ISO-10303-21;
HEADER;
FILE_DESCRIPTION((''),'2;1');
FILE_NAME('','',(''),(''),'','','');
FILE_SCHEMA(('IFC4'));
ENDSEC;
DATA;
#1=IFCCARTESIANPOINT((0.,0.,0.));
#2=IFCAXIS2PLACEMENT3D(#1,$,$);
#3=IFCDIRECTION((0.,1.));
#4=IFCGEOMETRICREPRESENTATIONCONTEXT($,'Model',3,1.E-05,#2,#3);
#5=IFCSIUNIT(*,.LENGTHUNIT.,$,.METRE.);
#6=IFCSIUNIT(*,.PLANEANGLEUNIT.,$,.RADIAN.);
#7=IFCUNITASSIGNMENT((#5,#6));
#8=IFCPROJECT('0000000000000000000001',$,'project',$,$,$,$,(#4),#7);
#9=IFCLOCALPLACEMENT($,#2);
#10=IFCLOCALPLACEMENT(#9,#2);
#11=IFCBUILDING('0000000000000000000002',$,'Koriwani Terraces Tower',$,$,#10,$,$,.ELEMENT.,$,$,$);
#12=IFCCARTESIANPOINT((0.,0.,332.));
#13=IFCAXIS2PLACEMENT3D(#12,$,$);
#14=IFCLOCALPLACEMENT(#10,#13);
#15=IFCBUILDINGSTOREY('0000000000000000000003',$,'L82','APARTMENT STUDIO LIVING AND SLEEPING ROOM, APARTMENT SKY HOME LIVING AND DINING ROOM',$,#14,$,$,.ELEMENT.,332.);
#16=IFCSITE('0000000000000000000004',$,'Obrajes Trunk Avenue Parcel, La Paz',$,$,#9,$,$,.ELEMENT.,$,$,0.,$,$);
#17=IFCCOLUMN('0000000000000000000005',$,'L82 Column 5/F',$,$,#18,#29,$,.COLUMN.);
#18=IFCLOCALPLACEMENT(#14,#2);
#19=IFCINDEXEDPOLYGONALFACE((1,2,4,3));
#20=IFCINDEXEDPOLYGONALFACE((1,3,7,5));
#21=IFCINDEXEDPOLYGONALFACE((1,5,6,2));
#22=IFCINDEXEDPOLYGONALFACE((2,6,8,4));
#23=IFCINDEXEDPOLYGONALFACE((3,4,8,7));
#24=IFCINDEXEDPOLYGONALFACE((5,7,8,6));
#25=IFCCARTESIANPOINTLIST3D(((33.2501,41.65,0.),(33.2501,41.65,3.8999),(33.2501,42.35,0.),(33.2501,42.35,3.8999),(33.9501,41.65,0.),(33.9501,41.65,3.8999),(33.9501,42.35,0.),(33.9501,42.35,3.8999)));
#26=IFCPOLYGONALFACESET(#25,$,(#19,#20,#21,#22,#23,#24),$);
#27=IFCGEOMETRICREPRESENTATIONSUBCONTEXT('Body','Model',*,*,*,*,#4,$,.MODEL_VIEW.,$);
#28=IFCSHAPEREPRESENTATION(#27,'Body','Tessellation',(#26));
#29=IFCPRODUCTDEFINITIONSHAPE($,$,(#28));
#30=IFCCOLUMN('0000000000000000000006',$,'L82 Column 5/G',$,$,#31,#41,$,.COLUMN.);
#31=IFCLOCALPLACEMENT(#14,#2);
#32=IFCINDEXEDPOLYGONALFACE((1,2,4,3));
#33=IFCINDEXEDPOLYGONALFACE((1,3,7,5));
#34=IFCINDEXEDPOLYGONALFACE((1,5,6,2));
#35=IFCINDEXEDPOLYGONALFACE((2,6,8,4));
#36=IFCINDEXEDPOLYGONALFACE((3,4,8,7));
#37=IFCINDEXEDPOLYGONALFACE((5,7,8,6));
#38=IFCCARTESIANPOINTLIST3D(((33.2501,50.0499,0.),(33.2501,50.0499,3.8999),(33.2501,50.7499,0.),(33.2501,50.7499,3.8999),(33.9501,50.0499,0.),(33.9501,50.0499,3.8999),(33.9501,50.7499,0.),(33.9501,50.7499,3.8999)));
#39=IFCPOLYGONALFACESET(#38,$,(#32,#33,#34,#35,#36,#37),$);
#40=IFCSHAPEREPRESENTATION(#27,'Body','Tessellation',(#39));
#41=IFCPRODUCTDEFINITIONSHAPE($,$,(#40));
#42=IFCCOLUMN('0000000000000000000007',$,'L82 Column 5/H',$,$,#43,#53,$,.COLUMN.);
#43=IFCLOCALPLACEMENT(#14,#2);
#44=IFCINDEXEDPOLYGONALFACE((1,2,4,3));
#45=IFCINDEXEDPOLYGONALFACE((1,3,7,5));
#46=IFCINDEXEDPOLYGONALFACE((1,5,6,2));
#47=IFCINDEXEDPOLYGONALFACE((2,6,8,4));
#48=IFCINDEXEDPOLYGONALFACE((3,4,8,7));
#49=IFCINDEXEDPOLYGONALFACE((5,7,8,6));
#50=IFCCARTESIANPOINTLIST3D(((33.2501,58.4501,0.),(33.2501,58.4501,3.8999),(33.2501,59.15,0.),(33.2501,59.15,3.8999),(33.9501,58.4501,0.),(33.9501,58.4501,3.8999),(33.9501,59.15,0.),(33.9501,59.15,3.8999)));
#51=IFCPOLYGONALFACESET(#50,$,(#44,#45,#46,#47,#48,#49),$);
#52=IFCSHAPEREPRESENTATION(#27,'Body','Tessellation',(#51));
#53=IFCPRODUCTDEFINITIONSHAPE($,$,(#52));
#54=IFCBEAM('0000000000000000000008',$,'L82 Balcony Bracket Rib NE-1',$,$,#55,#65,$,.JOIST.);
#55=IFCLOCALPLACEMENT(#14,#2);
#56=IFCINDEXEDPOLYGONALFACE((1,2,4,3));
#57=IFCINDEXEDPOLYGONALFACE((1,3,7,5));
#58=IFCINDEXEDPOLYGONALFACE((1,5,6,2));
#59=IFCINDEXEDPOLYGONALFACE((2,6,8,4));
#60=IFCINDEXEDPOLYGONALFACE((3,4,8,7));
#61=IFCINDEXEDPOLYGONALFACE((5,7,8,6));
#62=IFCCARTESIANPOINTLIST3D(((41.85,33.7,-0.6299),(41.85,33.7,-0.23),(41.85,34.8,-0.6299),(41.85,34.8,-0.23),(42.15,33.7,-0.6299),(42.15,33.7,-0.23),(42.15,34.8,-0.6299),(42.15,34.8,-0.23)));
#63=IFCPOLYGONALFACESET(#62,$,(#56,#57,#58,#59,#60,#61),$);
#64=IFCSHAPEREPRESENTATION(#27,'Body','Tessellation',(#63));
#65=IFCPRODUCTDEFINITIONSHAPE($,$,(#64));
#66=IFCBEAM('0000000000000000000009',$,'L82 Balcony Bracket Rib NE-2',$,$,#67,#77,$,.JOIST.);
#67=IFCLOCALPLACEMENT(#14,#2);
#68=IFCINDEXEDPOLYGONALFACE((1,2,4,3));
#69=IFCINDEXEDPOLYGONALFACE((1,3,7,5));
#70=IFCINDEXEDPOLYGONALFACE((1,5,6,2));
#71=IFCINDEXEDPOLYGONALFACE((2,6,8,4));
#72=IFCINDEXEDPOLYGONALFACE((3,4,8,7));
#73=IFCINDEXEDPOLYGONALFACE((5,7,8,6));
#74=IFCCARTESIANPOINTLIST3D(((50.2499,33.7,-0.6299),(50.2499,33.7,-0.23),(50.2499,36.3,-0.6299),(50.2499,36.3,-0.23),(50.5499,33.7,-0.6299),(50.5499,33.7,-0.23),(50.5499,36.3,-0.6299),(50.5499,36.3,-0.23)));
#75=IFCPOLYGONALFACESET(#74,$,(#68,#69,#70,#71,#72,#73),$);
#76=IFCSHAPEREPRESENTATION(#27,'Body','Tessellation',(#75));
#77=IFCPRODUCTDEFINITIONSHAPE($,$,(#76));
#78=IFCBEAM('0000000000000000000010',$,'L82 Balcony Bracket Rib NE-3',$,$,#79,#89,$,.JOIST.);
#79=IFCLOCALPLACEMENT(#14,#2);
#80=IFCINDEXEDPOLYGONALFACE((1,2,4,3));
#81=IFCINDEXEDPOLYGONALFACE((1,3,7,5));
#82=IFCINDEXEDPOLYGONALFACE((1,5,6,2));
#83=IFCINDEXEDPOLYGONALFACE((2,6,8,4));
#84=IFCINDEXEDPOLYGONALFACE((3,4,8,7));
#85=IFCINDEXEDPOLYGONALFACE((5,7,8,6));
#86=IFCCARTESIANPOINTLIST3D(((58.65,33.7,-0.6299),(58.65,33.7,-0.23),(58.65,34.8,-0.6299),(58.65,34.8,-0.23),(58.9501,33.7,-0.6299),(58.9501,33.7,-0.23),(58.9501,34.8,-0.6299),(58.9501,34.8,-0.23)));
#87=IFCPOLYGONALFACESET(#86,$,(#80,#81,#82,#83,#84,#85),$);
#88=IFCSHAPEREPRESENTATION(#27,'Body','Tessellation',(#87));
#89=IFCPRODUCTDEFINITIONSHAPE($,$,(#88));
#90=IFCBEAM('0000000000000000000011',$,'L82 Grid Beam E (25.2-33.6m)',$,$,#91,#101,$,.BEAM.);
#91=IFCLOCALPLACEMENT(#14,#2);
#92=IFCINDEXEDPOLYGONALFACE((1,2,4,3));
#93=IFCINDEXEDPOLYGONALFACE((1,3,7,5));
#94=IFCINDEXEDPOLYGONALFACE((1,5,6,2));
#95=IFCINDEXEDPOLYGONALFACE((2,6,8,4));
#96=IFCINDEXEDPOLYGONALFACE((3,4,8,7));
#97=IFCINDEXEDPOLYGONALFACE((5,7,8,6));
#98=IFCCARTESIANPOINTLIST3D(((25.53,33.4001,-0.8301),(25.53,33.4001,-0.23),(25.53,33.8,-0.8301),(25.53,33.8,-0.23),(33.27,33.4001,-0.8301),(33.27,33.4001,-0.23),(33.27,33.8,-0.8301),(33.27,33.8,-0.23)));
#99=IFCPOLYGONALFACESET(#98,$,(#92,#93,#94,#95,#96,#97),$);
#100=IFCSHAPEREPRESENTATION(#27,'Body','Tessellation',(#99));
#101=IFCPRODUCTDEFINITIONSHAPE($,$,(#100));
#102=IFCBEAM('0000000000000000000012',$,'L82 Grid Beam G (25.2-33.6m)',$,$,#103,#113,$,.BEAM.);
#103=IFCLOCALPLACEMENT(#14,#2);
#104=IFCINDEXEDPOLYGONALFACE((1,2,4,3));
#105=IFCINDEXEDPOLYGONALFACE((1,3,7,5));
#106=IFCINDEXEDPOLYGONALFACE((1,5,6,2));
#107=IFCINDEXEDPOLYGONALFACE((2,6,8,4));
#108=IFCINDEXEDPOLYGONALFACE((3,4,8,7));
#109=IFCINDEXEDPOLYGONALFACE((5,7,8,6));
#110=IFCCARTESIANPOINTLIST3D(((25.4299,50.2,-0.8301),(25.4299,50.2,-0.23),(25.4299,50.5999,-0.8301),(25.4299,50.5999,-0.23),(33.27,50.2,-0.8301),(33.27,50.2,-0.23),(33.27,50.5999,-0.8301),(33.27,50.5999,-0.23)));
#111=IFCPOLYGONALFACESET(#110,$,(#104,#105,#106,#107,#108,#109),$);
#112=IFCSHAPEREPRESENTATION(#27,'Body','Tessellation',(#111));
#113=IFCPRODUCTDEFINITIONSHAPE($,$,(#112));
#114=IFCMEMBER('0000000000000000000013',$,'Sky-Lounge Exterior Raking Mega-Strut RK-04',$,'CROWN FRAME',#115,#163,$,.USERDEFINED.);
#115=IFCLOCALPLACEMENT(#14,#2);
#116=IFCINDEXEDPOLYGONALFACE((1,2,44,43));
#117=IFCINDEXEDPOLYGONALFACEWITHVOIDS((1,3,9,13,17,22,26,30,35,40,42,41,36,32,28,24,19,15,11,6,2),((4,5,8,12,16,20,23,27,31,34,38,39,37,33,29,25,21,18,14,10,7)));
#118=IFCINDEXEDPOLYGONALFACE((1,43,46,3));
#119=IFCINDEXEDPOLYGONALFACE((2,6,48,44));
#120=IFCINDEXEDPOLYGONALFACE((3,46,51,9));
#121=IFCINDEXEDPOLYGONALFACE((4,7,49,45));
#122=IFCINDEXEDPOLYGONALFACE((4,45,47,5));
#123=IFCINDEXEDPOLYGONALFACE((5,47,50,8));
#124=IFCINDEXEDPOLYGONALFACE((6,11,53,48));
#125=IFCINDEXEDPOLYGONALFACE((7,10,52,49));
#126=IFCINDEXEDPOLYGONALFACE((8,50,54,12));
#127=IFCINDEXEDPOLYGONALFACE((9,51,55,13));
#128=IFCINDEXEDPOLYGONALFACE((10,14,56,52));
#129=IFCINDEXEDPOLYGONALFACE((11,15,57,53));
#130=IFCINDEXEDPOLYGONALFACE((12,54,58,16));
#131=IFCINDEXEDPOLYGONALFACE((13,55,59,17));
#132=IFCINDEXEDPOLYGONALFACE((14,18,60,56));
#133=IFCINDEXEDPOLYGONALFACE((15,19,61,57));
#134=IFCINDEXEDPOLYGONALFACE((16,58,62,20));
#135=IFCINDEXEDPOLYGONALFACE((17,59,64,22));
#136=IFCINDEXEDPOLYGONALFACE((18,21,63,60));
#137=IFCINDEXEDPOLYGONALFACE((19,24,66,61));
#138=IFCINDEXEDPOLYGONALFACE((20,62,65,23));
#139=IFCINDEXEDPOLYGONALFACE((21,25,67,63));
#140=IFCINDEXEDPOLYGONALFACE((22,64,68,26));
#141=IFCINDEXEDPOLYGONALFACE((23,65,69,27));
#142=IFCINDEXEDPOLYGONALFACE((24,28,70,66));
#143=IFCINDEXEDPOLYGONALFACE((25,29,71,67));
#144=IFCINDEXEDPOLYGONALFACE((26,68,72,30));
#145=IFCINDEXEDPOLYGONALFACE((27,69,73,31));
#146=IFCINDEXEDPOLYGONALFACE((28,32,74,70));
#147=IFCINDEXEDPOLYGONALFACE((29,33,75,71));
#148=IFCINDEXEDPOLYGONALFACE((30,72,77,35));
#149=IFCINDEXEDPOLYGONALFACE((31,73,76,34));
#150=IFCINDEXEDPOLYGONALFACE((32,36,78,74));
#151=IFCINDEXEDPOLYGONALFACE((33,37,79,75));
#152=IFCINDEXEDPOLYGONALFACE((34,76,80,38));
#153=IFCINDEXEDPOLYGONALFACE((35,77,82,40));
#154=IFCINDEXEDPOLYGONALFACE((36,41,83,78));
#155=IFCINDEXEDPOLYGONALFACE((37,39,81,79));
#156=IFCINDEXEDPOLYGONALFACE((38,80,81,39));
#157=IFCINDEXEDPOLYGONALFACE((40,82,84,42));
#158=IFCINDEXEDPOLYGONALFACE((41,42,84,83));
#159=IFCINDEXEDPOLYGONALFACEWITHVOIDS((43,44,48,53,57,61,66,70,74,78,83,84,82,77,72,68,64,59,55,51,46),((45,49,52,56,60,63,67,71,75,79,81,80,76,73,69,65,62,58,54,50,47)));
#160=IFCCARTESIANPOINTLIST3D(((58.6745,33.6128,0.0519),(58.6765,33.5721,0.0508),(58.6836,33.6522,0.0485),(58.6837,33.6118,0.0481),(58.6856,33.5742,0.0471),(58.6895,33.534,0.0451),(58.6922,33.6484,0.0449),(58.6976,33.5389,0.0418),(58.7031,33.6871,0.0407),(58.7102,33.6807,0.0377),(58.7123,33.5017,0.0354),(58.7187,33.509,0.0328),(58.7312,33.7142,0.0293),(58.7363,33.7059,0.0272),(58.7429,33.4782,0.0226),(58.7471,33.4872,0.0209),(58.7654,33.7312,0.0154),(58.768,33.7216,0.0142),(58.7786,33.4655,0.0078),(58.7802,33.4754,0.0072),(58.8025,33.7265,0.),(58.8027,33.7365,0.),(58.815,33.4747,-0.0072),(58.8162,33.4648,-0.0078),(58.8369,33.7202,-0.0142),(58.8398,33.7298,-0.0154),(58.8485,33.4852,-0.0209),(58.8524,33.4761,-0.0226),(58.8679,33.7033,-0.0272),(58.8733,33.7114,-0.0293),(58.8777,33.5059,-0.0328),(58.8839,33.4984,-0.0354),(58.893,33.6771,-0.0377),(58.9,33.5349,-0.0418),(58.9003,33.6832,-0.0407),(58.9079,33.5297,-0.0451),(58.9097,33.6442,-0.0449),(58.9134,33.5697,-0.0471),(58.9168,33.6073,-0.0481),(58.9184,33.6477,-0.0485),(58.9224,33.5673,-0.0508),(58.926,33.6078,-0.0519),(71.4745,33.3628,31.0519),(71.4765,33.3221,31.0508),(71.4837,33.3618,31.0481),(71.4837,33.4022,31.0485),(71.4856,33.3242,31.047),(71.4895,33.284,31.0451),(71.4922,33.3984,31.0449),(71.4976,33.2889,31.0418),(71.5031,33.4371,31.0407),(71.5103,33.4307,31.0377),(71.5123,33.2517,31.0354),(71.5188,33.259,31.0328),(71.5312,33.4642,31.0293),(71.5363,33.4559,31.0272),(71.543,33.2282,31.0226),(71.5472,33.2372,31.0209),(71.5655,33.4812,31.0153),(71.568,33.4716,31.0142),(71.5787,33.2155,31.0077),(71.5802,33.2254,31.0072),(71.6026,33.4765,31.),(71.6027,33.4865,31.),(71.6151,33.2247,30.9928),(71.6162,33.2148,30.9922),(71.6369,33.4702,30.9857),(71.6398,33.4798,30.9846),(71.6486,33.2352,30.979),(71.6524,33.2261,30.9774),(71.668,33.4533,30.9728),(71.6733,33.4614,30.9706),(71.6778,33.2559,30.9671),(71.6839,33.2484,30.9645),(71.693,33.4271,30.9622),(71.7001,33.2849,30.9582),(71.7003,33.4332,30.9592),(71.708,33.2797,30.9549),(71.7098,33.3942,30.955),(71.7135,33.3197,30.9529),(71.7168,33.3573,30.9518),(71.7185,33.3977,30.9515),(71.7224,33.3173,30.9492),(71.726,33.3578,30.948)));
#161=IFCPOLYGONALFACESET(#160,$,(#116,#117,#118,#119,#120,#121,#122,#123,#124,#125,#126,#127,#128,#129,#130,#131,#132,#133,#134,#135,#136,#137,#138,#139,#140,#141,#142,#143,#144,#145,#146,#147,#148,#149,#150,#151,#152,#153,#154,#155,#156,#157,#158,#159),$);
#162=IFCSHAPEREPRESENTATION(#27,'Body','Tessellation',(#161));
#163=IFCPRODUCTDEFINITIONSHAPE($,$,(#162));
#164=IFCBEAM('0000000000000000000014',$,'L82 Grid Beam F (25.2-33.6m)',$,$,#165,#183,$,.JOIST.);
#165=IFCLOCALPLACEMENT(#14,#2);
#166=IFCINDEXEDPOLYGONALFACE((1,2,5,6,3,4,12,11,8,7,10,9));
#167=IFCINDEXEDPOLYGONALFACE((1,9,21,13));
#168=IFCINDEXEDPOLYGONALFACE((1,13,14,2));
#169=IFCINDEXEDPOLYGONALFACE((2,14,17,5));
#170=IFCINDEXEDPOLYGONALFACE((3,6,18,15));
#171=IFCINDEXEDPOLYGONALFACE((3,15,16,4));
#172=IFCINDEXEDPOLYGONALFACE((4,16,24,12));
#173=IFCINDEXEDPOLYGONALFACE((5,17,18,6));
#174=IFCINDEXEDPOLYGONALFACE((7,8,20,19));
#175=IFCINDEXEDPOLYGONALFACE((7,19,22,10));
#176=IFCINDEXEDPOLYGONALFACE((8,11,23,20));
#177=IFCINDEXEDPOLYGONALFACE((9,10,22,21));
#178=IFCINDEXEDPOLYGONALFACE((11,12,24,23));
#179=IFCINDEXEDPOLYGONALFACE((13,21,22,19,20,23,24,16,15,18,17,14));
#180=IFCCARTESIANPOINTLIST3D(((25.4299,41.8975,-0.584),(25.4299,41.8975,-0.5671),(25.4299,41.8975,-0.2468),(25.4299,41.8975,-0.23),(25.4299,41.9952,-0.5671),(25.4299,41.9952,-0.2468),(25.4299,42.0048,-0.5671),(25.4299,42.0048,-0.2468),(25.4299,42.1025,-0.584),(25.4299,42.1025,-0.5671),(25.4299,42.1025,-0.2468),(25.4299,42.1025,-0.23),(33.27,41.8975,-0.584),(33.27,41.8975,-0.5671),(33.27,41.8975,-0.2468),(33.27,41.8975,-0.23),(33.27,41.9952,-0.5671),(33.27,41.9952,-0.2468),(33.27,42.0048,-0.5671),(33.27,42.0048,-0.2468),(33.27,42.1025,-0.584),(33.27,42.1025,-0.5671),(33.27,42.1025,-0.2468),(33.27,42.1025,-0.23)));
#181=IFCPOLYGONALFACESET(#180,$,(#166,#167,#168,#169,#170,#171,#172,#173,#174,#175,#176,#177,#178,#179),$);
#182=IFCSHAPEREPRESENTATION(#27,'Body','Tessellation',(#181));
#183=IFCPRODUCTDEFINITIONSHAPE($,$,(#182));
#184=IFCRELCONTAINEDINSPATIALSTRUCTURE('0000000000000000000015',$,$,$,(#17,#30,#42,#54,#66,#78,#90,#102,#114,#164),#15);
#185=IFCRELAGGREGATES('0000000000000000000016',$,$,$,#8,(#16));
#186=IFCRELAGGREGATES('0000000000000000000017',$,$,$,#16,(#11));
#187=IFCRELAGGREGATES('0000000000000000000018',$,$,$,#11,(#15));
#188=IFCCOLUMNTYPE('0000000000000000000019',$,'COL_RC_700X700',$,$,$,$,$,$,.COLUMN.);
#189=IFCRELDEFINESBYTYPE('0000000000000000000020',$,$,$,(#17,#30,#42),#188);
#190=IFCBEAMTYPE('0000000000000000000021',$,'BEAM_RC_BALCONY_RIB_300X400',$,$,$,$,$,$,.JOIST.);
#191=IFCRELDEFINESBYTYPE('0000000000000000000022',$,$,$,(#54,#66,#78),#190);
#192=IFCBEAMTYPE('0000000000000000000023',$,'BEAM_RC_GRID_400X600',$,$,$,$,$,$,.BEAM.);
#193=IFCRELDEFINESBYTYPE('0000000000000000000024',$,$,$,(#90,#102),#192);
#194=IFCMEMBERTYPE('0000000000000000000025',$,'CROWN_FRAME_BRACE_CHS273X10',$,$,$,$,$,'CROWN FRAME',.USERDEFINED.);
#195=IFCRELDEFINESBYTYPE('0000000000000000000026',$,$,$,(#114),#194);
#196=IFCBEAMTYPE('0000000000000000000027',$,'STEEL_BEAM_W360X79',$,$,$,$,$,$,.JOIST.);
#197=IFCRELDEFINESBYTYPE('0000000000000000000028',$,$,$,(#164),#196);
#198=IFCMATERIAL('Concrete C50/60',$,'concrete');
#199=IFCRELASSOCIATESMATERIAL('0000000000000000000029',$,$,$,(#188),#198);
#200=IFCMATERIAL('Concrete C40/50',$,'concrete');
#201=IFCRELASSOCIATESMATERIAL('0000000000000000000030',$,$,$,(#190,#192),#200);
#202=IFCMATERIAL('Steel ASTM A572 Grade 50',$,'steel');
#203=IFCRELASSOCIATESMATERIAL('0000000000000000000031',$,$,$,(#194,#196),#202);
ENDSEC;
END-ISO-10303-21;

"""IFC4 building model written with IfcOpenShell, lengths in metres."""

from ifc_helpers import new_model, si_unit, direction, frame, origin, origin_2d, place, context, subcontext, project, spatial, rectangle, hollow_circle, i_section, extrude, material, material_profile, profile_set, type_object, element, save


model = new_model("IFC4")

# Units and contexts
model_context = context("Model", 3, precision=1e-05, world=origin(), true_north=direction((0.0, 1.0)))
body_context = subcontext(model_context, "Body", "Model", "MODEL_VIEW")
ifc_project = project(units=[si_unit("LENGTHUNIT", "METRE"), si_unit("PLANEANGLEUNIT", "RADIAN")], contexts=[model_context])

# Site, building, storey
site_placement = place(None, origin())
site = spatial("IfcSite", under=ifc_project, at=site_placement, Name="Obrajes Trunk Avenue Parcel, La Paz", CompositionType="ELEMENT", RefElevation=0.0)
building_placement = place(site_placement, origin())
building = spatial("IfcBuilding", under=site, at=building_placement, Name="Koriwani Terraces Tower", CompositionType="ELEMENT")
storey_placement = place(building_placement, frame((0.0, 0.0, 332.0)))
storey = spatial("IfcBuildingStorey", under=building, at=storey_placement, Name="L82", Description="APARTMENT STUDIO LIVING AND SLEEPING ROOM, APARTMENT SKY HOME LIVING AND DINING ROOM", CompositionType="ELEMENT", Elevation=332.0)

# Columns
ifc_material_1 = material(Name="Concrete C50/60", Category="concrete")
ifc_material_profile_1 = material_profile(ifc_material_1, rectangle(XDim=0.7, YDim=0.7, at=origin_2d()), Name="Concrete C50/60", Category="LoadBearing")
ifc_profile_set_1 = profile_set([ifc_material_profile_1], Name="Concrete C50/60")
column_type = type_object("IfcColumnType", Name="COL_RC_700X700", PredefinedType="COLUMN", material=ifc_profile_set_1)
for number, where, z_axis, x_axis, name in (
    (1, (33.6001, 42.0, 0.0), (0.0, 0.0, 1.0), (1.0, 0.0, 0.0), "L82 Column 5/F"),
    (2, (33.6001, 50.3999, 0.0), (0.0, 0.0, 1.0), (1.0, 0.0, 0.0), "L82 Column 5/G"),
    (3, (33.6001, 58.8, 0.0), (0.0, 0.0, 1.0), (1.0, 0.0, 0.0), "L82 Column 5/H"),
):
    element("IfcColumn", number, at=place(storey_placement, frame(where, z_axis=z_axis, x_axis=x_axis)), inside=storey, type_object=column_type, Name=name, PredefinedType="COLUMN", context=body_context, shape_type="SweptSolid", body=[
        extrude(rectangle(XDim=0.7, YDim=0.7, at=origin_2d()), origin(), (0.0, 0.0, 1.0), 3.8999),
    ])

# Beams
ifc_material_2 = material(Name="Concrete C40/50", Category="concrete")
ifc_material_profile_2 = material_profile(ifc_material_2, rectangle(XDim=0.3, YDim=0.3999, at=origin_2d()), Name="Concrete C40/50", Category="LoadBearing")
ifc_profile_set_2 = profile_set([ifc_material_profile_2], Name="Concrete C40/50")
beam_type_1 = type_object("IfcBeamType", Name="BEAM_RC_BALCONY_RIB_300X400", PredefinedType="JOIST", material=ifc_profile_set_2)
beam_1_placement = place(storey_placement, frame((42.0, 33.7, -0.4299), z_axis=(0.0, 1.0, 0.0), x_axis=(-1.0, 0.0, 0.0)))
element("IfcBeam", 4, at=beam_1_placement, inside=storey, type_object=beam_type_1, Name="L82 Balcony Bracket Rib NE-1", PredefinedType="JOIST", context=body_context, shape_type="SweptSolid", body=[
    extrude(rectangle(XDim=0.3, YDim=0.3999, at=origin_2d()), origin(), (0.0, 0.0, 1.0), 1.1001),
])
beam_2_placement = place(storey_placement, frame((50.3999, 33.7, -0.4299), z_axis=(0.0, 1.0, 0.0), x_axis=(-1.0, 0.0, 0.0)))
element("IfcBeam", 5, at=beam_2_placement, inside=storey, type_object=beam_type_1, Name="L82 Balcony Bracket Rib NE-2", PredefinedType="JOIST", context=body_context, shape_type="SweptSolid", body=[
    extrude(rectangle(XDim=0.3, YDim=0.3999, at=origin_2d()), origin(), (0.0, 0.0, 1.0), 2.6001),
])
beam_3_placement = place(storey_placement, frame((58.8, 33.7, -0.4299), z_axis=(0.0, 1.0, 0.0), x_axis=(-1.0, 0.0, 0.0)))
element("IfcBeam", 6, at=beam_3_placement, inside=storey, type_object=beam_type_1, Name="L82 Balcony Bracket Rib NE-3", PredefinedType="JOIST", context=body_context, shape_type="SweptSolid", body=[
    extrude(rectangle(XDim=0.3, YDim=0.3999, at=origin_2d()), origin(), (0.0, 0.0, 1.0), 1.1001),
])
ifc_material_profile_3 = material_profile(ifc_material_2, rectangle(XDim=0.3999, YDim=0.6001, at=origin_2d()), Name="Concrete C40/50", Category="LoadBearing")
ifc_profile_set_3 = profile_set([ifc_material_profile_3], Name="Concrete C40/50")
beam_type_2 = type_object("IfcBeamType", Name="BEAM_RC_GRID_400X600", PredefinedType="BEAM", material=ifc_profile_set_3)
beam_4_placement = place(storey_placement, frame((25.53, 33.6001, -0.53), z_axis=(1.0, 0.0, 0.0), x_axis=(0.0, 1.0, 0.0)))
element("IfcBeam", 7, at=beam_4_placement, inside=storey, type_object=beam_type_2, Name="L82 Grid Beam E (25.2-33.6m)", PredefinedType="BEAM", context=body_context, shape_type="SweptSolid", body=[
    extrude(rectangle(XDim=0.3999, YDim=0.6001, at=origin_2d()), origin(), (0.0, 0.0, 1.0), 7.74),
])
beam_5_placement = place(storey_placement, frame((25.4299, 50.3999, -0.53), z_axis=(1.0, 0.0, 0.0), x_axis=(0.0, 1.0, 0.0)))
element("IfcBeam", 8, at=beam_5_placement, inside=storey, type_object=beam_type_2, Name="L82 Grid Beam G (25.2-33.6m)", PredefinedType="BEAM", context=body_context, shape_type="SweptSolid", body=[
    extrude(rectangle(XDim=0.3999, YDim=0.6001, at=origin_2d()), origin(), (0.0, 0.0, 1.0), 7.8401),
])

# Member
ifc_material_3 = material(Name="Steel ASTM A572 Grade 50", Category="steel")
ifc_material_profile_4 = material_profile(ifc_material_3, hollow_circle(Radius=0.1365, WallThickness=0.01, at=origin_2d()), Name="Steel ASTM A572 Grade 50", Category="LoadBearing")
ifc_profile_set_4 = profile_set([ifc_material_profile_4], Name="Steel ASTM A572 Grade 50")
member_type = type_object("IfcMemberType", Name="CROWN_FRAME_BRACE_CHS273X10", ElementType="CROWN FRAME", PredefinedType="USERDEFINED", material=ifc_profile_set_4)
member_placement = place(storey_placement, frame((58.8, 33.6001, 0.0), z_axis=(0.38164, -0.007454, 0.924281), x_axis=(0.019527, 0.999809, 0.0)))
element("IfcMember", 9, at=member_placement, inside=storey, type_object=member_type, Name="Sky-Lounge Exterior Raking Mega-Strut RK-04", ObjectType="CROWN FRAME", PredefinedType="USERDEFINED", context=body_context, shape_type="SweptSolid", body=[
    extrude(hollow_circle(Radius=0.1365, WallThickness=0.01, at=origin_2d()), origin(), (0.0, 0.0, 1.0), 33.5396),
])

# Beam
ifc_material_profile_5 = material_profile(ifc_material_3, i_section(OverallWidth=0.2051, OverallDepth=0.354, WebThickness=0.0095, FlangeThickness=0.0168, at=origin_2d()), Name="Steel ASTM A572 Grade 50", Category="LoadBearing")
ifc_profile_set_5 = profile_set([ifc_material_profile_5], Name="Steel ASTM A572 Grade 50")
beam_type_3 = type_object("IfcBeamType", Name="STEEL_BEAM_W360X79", PredefinedType="JOIST", material=ifc_profile_set_5)
for number, where, z_axis, x_axis, name in (
    (10, (25.4299, 42.0, -0.407), (1.0, 0.0, 0.0), (0.0, 1.0, 0.0), "L82 Grid Beam F (25.2-33.6m)"),
):
    element("IfcBeam", number, at=place(storey_placement, frame(where, z_axis=z_axis, x_axis=x_axis)), inside=storey, type_object=beam_type_3, Name=name, PredefinedType="JOIST", context=body_context, shape_type="SweptSolid", body=[
        extrude(i_section(OverallWidth=0.2051, OverallDepth=0.354, WebThickness=0.0095, FlangeThickness=0.0168, at=origin_2d()), origin(), (0.0, 0.0, 1.0), 7.8401),
    ])

save(model, "model.ifc")
